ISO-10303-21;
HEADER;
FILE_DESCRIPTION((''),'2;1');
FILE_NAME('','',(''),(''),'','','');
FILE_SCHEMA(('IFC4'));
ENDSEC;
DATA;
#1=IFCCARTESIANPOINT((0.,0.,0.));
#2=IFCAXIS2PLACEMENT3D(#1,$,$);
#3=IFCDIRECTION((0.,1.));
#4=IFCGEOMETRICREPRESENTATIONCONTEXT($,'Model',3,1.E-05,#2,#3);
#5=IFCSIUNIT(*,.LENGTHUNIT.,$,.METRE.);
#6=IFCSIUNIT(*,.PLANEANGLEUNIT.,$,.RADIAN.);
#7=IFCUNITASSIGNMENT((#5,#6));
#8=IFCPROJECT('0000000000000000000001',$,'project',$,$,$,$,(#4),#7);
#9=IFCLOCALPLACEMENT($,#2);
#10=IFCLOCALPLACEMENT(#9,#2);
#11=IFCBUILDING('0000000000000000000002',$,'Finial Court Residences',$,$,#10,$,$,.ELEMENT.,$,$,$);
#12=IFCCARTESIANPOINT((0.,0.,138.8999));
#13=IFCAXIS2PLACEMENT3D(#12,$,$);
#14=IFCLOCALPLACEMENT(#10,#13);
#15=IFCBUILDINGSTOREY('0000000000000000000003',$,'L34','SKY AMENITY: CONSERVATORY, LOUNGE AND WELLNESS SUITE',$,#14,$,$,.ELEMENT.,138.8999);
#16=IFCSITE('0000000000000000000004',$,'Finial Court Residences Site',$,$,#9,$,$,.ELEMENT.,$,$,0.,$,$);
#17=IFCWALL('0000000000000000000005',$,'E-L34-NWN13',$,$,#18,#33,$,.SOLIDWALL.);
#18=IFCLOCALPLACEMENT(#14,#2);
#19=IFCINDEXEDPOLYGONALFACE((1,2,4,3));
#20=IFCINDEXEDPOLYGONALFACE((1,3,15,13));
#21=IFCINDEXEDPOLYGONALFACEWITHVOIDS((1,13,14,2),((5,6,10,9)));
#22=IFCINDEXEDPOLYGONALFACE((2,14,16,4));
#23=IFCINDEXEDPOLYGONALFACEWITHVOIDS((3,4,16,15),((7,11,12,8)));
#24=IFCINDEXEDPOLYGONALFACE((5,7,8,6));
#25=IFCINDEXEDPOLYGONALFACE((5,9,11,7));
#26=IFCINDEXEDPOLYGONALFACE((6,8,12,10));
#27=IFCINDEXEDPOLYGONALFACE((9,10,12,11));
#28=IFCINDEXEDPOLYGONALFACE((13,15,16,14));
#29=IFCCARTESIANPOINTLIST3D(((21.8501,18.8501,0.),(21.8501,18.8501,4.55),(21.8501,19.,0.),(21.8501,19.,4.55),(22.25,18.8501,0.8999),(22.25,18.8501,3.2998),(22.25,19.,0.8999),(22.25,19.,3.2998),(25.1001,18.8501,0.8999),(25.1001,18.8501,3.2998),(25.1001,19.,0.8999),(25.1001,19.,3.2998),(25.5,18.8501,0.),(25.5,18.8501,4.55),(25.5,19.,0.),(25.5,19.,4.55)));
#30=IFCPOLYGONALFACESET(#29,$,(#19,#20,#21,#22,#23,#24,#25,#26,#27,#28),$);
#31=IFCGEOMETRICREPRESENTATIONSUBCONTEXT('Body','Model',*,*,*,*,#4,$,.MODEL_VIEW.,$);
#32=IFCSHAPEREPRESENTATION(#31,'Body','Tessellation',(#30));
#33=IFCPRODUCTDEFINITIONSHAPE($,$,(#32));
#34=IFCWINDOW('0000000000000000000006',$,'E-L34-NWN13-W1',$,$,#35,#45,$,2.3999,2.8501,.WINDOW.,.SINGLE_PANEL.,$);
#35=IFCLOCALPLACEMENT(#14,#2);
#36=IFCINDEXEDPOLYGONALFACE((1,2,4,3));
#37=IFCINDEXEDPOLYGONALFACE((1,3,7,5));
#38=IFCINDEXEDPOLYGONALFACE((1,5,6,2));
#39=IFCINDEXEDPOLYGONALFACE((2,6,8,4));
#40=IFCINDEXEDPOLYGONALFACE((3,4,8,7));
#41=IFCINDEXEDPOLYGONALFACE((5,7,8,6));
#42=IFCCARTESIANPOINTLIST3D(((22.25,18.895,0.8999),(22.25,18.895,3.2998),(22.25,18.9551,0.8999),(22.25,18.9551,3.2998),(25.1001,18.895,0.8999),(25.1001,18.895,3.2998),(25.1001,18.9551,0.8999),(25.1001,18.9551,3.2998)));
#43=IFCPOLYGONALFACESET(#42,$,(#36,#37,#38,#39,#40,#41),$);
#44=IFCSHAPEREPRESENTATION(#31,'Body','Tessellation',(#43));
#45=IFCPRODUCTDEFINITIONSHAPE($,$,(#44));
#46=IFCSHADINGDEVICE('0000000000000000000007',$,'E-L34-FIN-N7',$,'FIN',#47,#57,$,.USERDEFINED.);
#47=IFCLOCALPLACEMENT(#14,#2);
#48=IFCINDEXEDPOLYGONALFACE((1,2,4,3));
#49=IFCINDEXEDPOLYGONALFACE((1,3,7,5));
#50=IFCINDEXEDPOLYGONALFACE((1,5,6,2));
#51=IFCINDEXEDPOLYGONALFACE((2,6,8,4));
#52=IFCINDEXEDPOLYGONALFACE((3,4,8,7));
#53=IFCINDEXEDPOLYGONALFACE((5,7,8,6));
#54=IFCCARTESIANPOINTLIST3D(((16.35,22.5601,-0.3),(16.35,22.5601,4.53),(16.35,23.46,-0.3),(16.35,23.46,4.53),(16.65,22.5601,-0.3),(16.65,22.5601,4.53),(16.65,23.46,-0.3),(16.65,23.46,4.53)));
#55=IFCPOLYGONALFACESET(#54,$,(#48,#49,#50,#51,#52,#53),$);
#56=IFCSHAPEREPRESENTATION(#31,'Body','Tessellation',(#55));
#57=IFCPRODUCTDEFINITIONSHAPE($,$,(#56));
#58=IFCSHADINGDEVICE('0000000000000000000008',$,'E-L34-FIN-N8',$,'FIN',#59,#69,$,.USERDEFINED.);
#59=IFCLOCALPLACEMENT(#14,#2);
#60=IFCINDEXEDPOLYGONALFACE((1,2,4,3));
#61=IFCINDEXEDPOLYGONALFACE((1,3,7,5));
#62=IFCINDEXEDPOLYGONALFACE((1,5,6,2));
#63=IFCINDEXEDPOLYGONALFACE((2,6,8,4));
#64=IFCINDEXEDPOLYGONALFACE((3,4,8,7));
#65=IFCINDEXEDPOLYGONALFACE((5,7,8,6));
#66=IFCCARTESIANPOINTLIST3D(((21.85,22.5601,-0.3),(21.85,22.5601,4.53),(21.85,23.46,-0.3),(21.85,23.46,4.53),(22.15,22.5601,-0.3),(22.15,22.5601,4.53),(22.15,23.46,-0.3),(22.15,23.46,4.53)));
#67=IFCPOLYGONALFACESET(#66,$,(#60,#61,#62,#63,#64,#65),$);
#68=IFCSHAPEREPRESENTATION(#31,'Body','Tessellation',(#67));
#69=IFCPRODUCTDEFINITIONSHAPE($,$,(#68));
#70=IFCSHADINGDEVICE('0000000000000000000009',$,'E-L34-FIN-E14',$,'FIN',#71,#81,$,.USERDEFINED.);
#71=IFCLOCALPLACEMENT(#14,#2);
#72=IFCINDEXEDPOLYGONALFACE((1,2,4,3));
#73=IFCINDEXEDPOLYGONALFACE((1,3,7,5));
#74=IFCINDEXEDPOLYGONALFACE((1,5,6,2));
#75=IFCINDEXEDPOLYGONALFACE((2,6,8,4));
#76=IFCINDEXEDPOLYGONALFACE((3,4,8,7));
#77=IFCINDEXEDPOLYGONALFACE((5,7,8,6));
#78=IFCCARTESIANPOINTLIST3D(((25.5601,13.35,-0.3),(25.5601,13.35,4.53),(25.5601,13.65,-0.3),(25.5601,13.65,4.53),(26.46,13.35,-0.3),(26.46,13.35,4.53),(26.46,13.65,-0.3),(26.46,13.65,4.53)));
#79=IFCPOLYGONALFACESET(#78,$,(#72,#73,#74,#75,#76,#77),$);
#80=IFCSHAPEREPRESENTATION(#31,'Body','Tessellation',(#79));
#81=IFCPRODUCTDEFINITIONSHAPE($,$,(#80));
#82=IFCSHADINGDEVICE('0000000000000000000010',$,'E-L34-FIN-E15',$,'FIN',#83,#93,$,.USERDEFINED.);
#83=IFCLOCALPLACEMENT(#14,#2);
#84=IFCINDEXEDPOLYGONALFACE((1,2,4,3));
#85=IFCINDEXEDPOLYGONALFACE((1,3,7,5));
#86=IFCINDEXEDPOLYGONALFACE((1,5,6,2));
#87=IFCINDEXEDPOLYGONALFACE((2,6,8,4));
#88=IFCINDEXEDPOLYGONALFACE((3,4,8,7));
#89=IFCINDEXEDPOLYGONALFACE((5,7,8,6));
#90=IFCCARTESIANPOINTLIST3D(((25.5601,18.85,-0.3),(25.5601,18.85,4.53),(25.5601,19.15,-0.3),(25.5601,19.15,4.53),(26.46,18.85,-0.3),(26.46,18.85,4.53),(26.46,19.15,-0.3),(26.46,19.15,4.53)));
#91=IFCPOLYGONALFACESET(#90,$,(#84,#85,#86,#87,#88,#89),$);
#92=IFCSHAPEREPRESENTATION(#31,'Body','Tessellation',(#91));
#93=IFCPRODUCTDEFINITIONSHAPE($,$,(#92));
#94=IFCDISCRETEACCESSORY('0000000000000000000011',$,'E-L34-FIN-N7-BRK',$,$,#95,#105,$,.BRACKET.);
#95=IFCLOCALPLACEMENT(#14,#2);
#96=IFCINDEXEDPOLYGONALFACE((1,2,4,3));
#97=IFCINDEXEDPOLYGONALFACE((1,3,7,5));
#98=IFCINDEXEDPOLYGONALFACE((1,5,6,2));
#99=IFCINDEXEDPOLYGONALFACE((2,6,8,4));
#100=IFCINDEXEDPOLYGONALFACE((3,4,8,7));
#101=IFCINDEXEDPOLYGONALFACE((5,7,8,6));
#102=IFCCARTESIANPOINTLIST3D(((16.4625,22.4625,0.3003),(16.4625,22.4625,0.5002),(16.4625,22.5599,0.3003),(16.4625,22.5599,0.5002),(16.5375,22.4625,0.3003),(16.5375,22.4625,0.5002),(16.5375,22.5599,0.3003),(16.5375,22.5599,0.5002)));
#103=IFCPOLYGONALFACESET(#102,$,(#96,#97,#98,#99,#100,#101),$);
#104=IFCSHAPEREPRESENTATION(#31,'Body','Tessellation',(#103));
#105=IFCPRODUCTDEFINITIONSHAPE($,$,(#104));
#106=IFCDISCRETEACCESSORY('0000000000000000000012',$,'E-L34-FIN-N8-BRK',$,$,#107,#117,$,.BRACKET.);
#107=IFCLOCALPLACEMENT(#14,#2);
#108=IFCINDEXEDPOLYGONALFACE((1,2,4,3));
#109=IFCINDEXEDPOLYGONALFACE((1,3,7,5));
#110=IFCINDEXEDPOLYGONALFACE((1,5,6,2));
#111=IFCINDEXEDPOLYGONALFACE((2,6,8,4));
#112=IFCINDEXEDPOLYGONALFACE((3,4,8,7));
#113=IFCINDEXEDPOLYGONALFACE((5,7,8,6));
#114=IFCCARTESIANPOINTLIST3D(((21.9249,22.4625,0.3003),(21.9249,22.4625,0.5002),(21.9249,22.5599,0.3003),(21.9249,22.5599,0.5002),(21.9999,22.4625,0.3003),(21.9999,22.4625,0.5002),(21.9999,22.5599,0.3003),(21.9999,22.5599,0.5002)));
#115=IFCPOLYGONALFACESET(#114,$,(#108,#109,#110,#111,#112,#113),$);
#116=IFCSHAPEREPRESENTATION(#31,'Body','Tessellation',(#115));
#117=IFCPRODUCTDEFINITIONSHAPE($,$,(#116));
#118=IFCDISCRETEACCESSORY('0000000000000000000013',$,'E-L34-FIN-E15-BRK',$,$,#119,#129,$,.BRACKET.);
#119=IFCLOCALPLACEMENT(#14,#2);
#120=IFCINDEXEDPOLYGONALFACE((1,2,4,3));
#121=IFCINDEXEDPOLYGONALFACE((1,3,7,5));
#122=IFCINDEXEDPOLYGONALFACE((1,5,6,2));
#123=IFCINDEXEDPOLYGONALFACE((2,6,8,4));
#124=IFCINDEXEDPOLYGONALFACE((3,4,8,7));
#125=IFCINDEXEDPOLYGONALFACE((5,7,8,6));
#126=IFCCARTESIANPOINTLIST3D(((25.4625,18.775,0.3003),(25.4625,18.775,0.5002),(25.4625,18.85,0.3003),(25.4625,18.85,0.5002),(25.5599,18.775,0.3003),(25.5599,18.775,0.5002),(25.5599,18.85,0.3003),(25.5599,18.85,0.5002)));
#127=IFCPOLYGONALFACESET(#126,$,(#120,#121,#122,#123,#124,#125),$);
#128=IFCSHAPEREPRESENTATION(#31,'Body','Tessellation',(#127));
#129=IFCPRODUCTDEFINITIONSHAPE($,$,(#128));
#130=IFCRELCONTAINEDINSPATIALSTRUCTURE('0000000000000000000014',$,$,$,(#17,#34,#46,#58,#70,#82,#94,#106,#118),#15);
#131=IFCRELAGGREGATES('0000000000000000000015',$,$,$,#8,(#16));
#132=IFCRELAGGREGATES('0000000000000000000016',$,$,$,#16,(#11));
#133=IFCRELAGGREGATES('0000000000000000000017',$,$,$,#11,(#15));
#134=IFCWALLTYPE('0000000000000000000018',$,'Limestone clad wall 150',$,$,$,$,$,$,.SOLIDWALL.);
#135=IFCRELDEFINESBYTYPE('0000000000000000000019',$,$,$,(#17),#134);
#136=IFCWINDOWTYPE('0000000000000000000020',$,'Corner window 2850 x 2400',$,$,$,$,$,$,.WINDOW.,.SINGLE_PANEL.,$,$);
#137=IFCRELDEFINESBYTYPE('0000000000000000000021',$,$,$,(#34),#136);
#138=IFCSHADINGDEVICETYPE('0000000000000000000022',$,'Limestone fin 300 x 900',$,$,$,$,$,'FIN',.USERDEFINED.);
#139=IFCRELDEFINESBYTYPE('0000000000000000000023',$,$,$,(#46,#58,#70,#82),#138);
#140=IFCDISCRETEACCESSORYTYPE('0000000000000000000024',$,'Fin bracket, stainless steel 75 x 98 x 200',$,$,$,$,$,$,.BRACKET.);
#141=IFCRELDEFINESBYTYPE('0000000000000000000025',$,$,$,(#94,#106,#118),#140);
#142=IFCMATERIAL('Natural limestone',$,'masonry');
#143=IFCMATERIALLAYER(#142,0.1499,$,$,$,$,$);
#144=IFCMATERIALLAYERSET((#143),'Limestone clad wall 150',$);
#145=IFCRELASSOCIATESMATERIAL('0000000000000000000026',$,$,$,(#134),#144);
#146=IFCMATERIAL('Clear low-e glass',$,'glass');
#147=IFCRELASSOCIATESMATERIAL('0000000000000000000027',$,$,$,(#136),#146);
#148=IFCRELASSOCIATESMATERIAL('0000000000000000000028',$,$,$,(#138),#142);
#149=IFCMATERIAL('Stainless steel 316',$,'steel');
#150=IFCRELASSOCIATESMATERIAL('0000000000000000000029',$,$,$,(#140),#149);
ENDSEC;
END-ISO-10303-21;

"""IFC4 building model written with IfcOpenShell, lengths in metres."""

from ifc_helpers import new_model, si_unit, direction, frame, frame_2d, origin, origin_2d, place, context, subcontext, project, spatial, rectangle, extrude, material, layer, layer_set, type_object, element, fill, save


model = new_model("IFC4")

# Units and contexts
model_context = context("Model", 3, precision=1e-05, world=origin(), true_north=direction((0.0, 1.0)))
body_context = subcontext(model_context, "Body", "Model", "MODEL_VIEW")
ifc_project = project(units=[si_unit("LENGTHUNIT", "METRE"), si_unit("PLANEANGLEUNIT", "RADIAN")], contexts=[model_context])

# Site, building, storey
site_placement = place(None, origin())
site = spatial("IfcSite", under=ifc_project, at=site_placement, Name="Finial Court Residences Site", CompositionType="ELEMENT", RefElevation=0.0)
building_placement = place(site_placement, origin())
building = spatial("IfcBuilding", under=site, at=building_placement, Name="Finial Court Residences", CompositionType="ELEMENT")
storey_placement = place(building_placement, frame((0.0, 0.0, 138.8999)))
storey = spatial("IfcBuildingStorey", under=building, at=storey_placement, Name="L34", Description="SKY AMENITY: CONSERVATORY, LOUNGE AND WELLNESS SUITE", CompositionType="ELEMENT", Elevation=138.8999)

# Shared definitions
ifc_material_1 = material(Name="Clear low-e glass", Category="glass")

# Wall, opening, window
ifc_material_2 = material(Name="Natural limestone", Category="masonry")
ifc_layer_1 = layer(ifc_material_2, 0.1499)
ifc_layer_set_1 = layer_set([ifc_layer_1], Name="Limestone clad wall 150")
wall_type = type_object("IfcWallType", Name="Limestone clad wall 150", PredefinedType="SOLIDWALL", material=ifc_layer_set_1)
wall_1_placement = place(storey_placement, frame((21.8501, 18.925, 0.0), z_axis=(0.0, 0.0, 1.0), x_axis=(1.0, 0.0, 0.0)))
wall_1 = element("IfcWall", 1, at=wall_1_placement, inside=storey, type_object=wall_type, Name="E-L34-NWN13", PredefinedType="SOLIDWALL", context=body_context, shape_type="SweptSolid", body=[
    extrude(rectangle(XDim=3.6499, YDim=0.1499, at=frame_2d((1.825, 0.0))), origin(), (0.0, 0.0, 1.0), 4.55),
])
opening_1_placement = place(wall_1_placement, frame((0.3999, 0.0, 0.8999)))
opening_1 = element("IfcOpeningElement", 2, at=opening_1_placement, cuts=wall_1, PredefinedType="OPENING", context=body_context, shape_type="SweptSolid", body=[
    extrude(rectangle(XDim=2.8501, YDim=2.3999, at=frame_2d((1.425, 1.2))), frame((0.0, 0.085, 0.0), z_axis=(0.0, -1.0, 0.0), x_axis=(1.0, 0.0, 0.0)), (0.0, 0.0, 1.0), 0.1699),
])
window_type_1 = type_object("IfcWindowType", Name="Corner window 2850 x 2400", PartitioningType="SINGLE_PANEL", PredefinedType="WINDOW", material=ifc_material_1)
window_1_placement = place(opening_1_placement, origin())
window_1 = element("IfcWindow", 3, at=window_1_placement, inside=storey, type_object=window_type_1, Name="E-L34-NWN13-W1", OverallHeight=2.3999, OverallWidth=2.8501, PartitioningType="SINGLE_PANEL", PredefinedType="WINDOW", context=body_context, shape_type="SweptSolid", body=[
    extrude(rectangle(XDim=2.8501, YDim=2.3999, at=frame_2d((1.425, 1.2))), frame((0.0, 0.03, 0.0), z_axis=(0.0, -1.0, 0.0), x_axis=(1.0, 0.0, 0.0)), (0.0, 0.0, 1.0), 0.0601),
])
fill(opening_1, window_1)

# Shading devices
shading_device_type = type_object("IfcShadingDeviceType", Name="Limestone fin 300 x 900", ElementType="FIN", PredefinedType="USERDEFINED", material=ifc_material_2)
for number, where, z_axis, x_axis, name in (
    (4, (16.5, 23.01, -0.3), (0.0, 0.0, 1.0), (1.0, 0.0, 0.0), "E-L34-FIN-N7"),
    (5, (22.0, 23.01, -0.3), (0.0, 0.0, 1.0), (1.0, 0.0, 0.0), "E-L34-FIN-N8"),
):
    element("IfcShadingDevice", number, at=place(storey_placement, frame(where, z_axis=z_axis, x_axis=x_axis)), inside=storey, type_object=shading_device_type, Name=name, ObjectType="FIN", PredefinedType="USERDEFINED", context=body_context, shape_type="SweptSolid", body=[
        extrude(rectangle(XDim=0.3, YDim=0.8999, at=origin_2d()), origin(), (0.0, 0.0, 1.0), 4.8301),
    ])
for number, where, z_axis, x_axis, name in (
    (6, (26.01, 13.5, -0.3), (0.0, 0.0, 1.0), (1.0, 0.0, 0.0), "E-L34-FIN-E14"),
    (7, (26.01, 19.0, -0.3), (0.0, 0.0, 1.0), (1.0, 0.0, 0.0), "E-L34-FIN-E15"),
):
    element("IfcShadingDevice", number, at=place(storey_placement, frame(where, z_axis=z_axis, x_axis=x_axis)), inside=storey, type_object=shading_device_type, Name=name, ObjectType="FIN", PredefinedType="USERDEFINED", context=body_context, shape_type="SweptSolid", body=[
        extrude(rectangle(XDim=0.8999, YDim=0.3, at=origin_2d()), origin(), (0.0, 0.0, 1.0), 4.8301),
    ])

# Discrete accessories
ifc_material_3 = material(Name="Stainless steel 316", Category="steel")
discrete_accessory_type = type_object("IfcDiscreteAccessoryType", Name="Fin bracket, stainless steel 75 x 98 x 200", PredefinedType="BRACKET", material=ifc_material_3)
for number, where, z_axis, x_axis, name in (
    (8, (16.5, 22.5112, 0.3003), (0.0, 0.0, 1.0), (1.0, 0.0, 0.0), "E-L34-FIN-N7-BRK"),
    (9, (21.9624, 22.5112, 0.3003), (0.0, 0.0, 1.0), (1.0, 0.0, 0.0), "E-L34-FIN-N8-BRK"),
):
    element("IfcDiscreteAccessory", number, at=place(storey_placement, frame(where, z_axis=z_axis, x_axis=x_axis)), inside=storey, type_object=discrete_accessory_type, Name=name, PredefinedType="BRACKET", context=body_context, shape_type="SweptSolid", body=[
        extrude(rectangle(XDim=0.075, YDim=0.0974, at=origin_2d()), origin(), (0.0, 0.0, 1.0), 0.2),
    ])
discrete_accessory_placement = place(storey_placement, frame((25.5112, 18.8125, 0.3003), z_axis=(0.0, 0.0, 1.0), x_axis=(1.0, 0.0, 0.0)))
element("IfcDiscreteAccessory", 10, at=discrete_accessory_placement, inside=storey, type_object=discrete_accessory_type, Name="E-L34-FIN-E15-BRK", PredefinedType="BRACKET", context=body_context, shape_type="SweptSolid", body=[
    extrude(rectangle(XDim=0.0974, YDim=0.075, at=origin_2d()), origin(), (0.0, 0.0, 1.0), 0.2),
])

save(model, "model.ifc")
